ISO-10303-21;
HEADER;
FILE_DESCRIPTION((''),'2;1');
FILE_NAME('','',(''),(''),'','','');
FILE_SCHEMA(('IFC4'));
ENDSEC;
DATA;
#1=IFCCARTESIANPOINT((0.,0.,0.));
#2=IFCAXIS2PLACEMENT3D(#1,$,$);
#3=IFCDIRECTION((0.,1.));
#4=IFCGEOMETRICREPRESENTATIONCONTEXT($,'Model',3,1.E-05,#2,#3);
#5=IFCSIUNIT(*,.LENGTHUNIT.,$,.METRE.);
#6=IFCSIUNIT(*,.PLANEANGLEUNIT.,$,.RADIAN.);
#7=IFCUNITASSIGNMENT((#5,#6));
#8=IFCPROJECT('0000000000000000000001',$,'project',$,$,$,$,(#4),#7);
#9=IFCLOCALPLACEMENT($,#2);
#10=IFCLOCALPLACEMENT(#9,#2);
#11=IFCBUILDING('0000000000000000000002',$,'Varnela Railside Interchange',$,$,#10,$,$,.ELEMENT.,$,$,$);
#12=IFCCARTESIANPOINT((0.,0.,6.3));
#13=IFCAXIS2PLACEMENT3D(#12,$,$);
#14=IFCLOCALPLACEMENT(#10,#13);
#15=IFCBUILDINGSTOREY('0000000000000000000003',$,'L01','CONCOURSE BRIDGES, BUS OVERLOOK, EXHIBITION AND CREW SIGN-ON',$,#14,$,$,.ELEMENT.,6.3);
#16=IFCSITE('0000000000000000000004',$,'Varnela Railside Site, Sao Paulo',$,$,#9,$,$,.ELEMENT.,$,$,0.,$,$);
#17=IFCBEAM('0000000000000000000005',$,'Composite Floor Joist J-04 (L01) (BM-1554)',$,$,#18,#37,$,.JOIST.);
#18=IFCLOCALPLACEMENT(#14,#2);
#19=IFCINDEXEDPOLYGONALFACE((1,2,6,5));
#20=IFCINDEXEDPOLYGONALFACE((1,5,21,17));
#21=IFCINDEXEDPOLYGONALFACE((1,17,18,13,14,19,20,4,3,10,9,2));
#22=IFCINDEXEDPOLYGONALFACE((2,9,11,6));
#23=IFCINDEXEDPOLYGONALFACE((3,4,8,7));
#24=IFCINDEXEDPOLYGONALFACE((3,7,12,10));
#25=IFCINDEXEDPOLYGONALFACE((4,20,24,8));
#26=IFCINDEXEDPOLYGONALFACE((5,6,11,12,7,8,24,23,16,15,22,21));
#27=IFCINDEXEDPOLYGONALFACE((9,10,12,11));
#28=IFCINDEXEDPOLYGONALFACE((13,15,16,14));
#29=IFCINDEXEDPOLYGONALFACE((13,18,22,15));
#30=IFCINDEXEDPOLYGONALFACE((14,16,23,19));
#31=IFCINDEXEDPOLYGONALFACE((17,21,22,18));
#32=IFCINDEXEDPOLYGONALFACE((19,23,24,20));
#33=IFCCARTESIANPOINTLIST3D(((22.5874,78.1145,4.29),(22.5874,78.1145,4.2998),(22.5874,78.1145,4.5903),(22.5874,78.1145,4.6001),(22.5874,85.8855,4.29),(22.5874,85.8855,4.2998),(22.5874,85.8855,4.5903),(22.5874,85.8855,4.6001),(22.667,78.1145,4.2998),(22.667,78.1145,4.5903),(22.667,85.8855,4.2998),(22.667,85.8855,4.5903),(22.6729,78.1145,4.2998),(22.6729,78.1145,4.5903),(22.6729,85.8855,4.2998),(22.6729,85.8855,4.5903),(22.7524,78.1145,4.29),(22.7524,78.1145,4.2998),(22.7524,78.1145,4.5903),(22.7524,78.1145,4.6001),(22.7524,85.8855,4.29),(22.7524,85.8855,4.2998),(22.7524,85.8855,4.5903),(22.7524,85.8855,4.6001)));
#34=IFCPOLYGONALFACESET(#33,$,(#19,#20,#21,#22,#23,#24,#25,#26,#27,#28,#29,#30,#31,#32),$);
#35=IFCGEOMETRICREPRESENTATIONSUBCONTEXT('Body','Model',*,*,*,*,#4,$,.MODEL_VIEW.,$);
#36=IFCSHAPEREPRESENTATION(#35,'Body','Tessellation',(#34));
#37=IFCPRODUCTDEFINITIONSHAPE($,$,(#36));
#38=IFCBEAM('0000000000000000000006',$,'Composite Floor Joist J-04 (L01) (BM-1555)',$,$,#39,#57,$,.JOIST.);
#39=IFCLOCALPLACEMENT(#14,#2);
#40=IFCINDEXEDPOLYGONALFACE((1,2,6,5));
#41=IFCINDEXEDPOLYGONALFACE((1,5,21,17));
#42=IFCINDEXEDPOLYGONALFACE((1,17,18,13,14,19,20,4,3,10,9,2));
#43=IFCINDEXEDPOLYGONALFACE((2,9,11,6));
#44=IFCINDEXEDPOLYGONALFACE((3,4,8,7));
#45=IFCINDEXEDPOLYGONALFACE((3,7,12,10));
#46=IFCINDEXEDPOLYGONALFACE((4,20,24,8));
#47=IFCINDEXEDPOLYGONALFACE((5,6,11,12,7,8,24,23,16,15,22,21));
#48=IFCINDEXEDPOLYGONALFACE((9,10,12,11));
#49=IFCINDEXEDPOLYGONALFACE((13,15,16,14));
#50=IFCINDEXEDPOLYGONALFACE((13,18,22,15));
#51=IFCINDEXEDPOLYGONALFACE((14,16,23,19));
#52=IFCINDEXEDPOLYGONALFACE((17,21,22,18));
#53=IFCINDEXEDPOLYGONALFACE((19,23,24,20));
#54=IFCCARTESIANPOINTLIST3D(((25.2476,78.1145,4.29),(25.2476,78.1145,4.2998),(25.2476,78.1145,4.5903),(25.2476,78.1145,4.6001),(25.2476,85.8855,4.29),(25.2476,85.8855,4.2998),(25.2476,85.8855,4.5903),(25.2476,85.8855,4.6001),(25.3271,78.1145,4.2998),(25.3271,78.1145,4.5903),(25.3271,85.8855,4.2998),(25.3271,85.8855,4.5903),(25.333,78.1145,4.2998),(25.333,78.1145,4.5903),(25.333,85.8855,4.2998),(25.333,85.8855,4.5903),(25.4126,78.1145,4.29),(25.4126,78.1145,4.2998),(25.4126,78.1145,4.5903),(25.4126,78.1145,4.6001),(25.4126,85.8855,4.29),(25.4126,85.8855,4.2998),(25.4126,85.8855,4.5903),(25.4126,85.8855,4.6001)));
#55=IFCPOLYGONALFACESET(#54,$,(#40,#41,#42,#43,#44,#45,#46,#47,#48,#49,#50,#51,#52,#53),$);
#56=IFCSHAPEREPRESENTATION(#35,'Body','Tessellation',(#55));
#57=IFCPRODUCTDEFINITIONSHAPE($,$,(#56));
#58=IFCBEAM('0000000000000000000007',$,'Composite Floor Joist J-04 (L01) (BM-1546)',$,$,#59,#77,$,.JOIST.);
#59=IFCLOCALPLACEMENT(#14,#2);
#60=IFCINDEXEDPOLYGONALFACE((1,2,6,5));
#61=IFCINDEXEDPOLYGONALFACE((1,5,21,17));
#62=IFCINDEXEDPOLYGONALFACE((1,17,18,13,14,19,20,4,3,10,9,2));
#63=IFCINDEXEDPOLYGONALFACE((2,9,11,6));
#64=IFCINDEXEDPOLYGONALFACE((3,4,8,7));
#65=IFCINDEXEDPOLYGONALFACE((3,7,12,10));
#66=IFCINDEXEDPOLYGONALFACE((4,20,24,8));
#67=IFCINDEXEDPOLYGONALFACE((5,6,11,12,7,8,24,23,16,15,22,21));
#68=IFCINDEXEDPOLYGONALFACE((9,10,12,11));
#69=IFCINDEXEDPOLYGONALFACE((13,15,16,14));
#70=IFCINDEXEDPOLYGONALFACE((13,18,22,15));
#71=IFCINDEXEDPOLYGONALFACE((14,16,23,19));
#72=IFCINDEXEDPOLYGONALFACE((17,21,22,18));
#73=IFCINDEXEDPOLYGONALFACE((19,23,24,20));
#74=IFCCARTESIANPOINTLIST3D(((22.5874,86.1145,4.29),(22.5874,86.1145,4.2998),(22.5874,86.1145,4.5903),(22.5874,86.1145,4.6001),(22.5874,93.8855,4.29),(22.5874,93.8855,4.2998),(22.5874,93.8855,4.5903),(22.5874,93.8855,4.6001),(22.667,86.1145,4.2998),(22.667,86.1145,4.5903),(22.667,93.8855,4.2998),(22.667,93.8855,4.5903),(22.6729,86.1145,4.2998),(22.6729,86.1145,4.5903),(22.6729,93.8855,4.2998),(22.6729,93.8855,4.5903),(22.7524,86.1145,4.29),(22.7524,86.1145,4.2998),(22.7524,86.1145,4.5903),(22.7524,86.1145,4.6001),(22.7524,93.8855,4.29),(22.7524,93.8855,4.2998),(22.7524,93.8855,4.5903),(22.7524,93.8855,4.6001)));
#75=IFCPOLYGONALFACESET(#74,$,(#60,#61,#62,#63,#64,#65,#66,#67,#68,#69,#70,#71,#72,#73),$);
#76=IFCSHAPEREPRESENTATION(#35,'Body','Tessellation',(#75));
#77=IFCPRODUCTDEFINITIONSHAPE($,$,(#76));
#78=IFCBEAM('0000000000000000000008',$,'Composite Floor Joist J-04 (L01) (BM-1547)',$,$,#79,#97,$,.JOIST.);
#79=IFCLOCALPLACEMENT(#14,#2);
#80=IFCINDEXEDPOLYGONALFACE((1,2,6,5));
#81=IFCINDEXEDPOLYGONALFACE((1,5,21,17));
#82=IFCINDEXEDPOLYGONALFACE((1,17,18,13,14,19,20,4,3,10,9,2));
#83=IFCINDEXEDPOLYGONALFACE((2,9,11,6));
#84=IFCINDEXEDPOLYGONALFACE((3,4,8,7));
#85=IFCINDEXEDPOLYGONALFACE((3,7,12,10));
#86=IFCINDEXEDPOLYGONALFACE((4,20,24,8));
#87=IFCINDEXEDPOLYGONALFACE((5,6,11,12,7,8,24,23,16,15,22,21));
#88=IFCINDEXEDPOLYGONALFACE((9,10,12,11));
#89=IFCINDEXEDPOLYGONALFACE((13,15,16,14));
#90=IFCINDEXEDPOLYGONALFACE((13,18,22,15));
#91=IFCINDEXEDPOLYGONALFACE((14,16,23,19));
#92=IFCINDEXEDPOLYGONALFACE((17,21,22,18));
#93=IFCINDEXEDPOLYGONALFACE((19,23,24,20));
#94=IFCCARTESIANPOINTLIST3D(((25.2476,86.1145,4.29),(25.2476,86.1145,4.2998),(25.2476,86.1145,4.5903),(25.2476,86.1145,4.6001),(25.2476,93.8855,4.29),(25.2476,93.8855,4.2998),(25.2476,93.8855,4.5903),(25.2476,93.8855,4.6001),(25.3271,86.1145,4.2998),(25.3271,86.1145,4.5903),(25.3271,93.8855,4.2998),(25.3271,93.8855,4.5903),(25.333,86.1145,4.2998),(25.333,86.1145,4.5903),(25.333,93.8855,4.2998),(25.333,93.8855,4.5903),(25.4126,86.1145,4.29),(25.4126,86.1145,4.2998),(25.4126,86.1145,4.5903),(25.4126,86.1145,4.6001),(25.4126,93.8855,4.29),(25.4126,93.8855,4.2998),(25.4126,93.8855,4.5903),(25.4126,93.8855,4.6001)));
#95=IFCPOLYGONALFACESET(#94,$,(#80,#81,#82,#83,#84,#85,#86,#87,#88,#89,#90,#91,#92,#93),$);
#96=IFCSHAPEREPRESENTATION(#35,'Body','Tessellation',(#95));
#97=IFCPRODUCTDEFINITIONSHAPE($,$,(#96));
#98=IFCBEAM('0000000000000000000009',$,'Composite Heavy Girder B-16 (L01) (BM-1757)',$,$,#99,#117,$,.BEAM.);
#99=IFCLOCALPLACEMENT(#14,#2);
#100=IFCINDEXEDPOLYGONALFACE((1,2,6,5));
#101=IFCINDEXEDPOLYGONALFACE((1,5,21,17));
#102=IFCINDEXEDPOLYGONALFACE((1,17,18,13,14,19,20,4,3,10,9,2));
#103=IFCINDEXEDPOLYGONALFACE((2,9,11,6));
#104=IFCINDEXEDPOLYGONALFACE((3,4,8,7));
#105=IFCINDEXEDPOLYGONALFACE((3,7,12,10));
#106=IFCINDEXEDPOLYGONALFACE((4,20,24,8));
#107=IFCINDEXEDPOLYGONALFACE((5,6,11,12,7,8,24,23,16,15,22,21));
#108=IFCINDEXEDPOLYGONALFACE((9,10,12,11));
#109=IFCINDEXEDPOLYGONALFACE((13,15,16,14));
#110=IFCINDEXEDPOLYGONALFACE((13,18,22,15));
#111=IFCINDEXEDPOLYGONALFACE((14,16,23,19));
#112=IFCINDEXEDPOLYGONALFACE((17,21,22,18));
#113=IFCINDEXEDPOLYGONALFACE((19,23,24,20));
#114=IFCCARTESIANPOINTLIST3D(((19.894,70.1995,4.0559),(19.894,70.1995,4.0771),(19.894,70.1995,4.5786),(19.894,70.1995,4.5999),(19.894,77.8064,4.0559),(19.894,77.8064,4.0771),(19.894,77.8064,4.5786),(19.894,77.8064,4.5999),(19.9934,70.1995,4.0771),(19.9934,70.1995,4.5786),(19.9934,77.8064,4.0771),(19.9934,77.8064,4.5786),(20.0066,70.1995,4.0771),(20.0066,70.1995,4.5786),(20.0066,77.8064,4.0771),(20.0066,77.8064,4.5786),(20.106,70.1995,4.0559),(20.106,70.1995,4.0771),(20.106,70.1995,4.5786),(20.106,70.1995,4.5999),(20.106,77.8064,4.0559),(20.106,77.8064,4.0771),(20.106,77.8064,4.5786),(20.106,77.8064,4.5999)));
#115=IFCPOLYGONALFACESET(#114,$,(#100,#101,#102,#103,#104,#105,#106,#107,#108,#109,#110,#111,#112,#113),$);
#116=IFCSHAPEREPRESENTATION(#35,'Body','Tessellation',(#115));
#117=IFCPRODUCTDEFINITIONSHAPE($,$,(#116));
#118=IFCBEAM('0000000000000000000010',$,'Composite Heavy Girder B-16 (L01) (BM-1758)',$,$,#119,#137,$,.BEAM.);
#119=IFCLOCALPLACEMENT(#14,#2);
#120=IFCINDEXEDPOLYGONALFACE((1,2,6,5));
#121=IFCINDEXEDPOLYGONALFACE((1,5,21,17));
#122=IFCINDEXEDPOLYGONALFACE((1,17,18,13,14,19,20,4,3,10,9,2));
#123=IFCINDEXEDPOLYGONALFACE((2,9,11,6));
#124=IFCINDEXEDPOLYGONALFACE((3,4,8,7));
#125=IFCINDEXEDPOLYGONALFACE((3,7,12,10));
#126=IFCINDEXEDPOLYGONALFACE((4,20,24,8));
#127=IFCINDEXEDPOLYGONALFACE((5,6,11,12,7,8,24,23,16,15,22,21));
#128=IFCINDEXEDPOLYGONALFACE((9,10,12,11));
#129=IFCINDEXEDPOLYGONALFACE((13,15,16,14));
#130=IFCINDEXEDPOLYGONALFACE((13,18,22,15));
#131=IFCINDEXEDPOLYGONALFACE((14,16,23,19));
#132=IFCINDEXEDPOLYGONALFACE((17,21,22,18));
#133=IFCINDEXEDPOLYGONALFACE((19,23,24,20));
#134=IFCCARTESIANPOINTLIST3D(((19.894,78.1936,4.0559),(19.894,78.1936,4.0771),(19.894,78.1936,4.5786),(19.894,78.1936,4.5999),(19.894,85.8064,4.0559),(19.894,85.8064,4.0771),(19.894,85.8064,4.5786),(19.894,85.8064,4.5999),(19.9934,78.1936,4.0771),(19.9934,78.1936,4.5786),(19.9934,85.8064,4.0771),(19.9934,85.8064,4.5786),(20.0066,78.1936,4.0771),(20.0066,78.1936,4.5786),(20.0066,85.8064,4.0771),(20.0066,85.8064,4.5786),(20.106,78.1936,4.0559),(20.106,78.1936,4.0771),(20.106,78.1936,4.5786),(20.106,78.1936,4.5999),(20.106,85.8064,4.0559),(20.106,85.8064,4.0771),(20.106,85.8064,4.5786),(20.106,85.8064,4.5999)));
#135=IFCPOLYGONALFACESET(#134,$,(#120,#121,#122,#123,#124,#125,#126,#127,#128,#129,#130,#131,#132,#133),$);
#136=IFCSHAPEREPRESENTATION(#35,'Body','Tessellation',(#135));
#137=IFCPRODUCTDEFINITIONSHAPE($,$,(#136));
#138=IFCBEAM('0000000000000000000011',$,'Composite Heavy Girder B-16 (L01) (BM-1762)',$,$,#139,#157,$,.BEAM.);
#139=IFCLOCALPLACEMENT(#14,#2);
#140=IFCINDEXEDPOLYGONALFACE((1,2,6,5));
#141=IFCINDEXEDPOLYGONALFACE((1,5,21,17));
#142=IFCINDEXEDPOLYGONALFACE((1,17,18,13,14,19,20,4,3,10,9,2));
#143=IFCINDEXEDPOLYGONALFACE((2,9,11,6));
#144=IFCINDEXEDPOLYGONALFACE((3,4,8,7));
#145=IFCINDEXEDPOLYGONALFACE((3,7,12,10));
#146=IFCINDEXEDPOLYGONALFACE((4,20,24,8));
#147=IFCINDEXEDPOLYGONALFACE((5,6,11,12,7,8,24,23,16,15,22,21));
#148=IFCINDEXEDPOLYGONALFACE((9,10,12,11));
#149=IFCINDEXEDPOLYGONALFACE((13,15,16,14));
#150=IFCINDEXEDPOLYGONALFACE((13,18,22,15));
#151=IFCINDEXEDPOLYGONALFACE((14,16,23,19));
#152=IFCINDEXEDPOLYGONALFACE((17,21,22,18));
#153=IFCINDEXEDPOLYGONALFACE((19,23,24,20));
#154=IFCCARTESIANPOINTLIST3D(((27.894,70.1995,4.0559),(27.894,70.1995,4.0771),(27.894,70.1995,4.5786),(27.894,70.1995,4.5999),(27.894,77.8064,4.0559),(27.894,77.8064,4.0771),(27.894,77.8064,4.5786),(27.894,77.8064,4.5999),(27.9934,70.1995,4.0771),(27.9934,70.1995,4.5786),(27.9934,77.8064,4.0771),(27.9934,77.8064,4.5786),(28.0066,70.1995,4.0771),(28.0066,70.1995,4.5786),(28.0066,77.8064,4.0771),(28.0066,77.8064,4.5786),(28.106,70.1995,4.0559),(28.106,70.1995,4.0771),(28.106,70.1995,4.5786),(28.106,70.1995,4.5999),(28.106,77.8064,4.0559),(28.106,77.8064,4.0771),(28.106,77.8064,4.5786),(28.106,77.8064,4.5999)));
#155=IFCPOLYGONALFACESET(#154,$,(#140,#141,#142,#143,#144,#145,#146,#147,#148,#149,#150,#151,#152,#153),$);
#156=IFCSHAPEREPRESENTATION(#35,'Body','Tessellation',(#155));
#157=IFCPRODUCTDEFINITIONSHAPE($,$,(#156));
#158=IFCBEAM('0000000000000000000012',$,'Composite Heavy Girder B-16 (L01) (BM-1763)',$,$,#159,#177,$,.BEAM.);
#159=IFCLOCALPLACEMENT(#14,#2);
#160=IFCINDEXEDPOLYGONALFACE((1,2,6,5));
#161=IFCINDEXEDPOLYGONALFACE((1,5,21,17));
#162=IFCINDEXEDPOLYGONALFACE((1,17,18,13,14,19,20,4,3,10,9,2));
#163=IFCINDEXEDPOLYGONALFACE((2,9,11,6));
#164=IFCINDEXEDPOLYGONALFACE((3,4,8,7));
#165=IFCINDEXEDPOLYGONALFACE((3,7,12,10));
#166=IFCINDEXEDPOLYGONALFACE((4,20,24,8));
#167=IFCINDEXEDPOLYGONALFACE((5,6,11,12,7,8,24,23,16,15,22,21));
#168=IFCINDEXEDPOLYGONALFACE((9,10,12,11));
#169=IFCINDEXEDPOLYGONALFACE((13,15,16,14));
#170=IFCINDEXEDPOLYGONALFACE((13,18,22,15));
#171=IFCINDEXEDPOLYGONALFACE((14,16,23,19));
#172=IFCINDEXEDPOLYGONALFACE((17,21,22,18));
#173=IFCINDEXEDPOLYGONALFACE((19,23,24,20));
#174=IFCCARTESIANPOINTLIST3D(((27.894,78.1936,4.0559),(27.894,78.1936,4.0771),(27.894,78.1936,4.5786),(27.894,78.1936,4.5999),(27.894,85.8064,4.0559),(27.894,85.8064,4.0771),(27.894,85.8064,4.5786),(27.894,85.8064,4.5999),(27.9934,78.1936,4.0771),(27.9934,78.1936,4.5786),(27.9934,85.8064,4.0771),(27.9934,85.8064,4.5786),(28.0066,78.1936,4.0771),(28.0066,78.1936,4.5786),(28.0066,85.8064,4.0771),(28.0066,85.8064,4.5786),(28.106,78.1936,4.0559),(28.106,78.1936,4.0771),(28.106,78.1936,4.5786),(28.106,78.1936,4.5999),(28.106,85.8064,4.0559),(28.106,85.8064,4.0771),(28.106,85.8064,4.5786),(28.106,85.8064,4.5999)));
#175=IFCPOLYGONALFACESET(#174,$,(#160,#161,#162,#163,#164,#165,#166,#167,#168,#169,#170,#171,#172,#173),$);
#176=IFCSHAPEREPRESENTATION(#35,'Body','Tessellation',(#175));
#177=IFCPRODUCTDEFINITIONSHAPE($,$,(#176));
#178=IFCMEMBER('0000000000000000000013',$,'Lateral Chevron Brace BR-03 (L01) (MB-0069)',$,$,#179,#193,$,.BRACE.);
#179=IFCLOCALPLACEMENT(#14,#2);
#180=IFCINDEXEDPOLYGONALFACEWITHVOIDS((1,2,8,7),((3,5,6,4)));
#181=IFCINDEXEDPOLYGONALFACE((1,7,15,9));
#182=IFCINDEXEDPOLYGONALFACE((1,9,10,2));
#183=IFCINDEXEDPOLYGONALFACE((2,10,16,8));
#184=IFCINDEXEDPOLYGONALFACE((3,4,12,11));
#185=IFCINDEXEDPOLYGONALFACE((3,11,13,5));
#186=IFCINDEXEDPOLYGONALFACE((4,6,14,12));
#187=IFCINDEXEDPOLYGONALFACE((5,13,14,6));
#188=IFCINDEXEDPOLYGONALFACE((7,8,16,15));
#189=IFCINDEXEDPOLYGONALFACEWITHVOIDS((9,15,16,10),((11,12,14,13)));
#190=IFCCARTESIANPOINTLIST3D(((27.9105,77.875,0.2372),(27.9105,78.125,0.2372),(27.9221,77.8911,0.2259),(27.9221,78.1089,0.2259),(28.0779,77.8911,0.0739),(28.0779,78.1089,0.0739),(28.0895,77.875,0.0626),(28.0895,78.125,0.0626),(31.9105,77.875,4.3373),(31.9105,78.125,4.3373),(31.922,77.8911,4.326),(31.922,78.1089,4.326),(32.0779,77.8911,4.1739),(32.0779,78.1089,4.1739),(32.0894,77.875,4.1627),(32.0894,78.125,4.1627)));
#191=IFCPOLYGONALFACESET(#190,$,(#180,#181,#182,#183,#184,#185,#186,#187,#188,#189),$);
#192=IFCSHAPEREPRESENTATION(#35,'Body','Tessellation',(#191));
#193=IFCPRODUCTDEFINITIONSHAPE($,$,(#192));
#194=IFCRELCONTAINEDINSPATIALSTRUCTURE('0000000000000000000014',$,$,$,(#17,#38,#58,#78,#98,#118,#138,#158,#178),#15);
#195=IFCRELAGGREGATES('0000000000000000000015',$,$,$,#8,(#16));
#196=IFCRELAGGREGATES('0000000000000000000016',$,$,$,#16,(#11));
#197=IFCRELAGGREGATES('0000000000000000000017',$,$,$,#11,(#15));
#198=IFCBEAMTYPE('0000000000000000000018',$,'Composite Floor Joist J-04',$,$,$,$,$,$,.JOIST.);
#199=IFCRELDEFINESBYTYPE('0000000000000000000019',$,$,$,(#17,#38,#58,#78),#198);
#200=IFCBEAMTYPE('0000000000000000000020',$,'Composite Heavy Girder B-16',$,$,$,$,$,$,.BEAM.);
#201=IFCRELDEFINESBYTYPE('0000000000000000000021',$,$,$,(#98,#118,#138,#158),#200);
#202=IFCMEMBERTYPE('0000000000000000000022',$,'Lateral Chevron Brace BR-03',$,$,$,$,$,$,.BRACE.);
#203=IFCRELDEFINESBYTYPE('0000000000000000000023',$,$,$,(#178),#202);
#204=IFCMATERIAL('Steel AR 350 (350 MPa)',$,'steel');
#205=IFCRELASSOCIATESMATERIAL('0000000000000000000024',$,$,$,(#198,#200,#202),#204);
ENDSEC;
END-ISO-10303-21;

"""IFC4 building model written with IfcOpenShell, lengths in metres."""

from ifc_helpers import new_model, si_unit, direction, frame, origin, origin_2d, place, context, subcontext, project, spatial, hollow_rectangle, i_section, extrude, material, material_profile, profile_set, type_object, element, save


model = new_model("IFC4")

# Units and contexts
model_context = context("Model", 3, precision=1e-05, world=origin(), true_north=direction((0.0, 1.0)))
body_context = subcontext(model_context, "Body", "Model", "MODEL_VIEW")
ifc_project = project(units=[si_unit("LENGTHUNIT", "METRE"), si_unit("PLANEANGLEUNIT", "RADIAN")], contexts=[model_context])

# Site, building, storey
site_placement = place(None, origin())
site = spatial("IfcSite", under=ifc_project, at=site_placement, Name="Varnela Railside Site, Sao Paulo", CompositionType="ELEMENT", RefElevation=0.0)
building_placement = place(site_placement, origin())
building = spatial("IfcBuilding", under=site, at=building_placement, Name="Varnela Railside Interchange", CompositionType="ELEMENT")
storey_placement = place(building_placement, frame((0.0, 0.0, 6.3)))
storey = spatial("IfcBuildingStorey", under=building, at=storey_placement, Name="L01", Description="CONCOURSE BRIDGES, BUS OVERLOOK, EXHIBITION AND CREW SIGN-ON", CompositionType="ELEMENT", Elevation=6.3)

# Shared definitions
ifc_material_1 = material(Name="Steel AR 350 (350 MPa)", Category="steel")

# Beams
ifc_material_profile_1 = material_profile(ifc_material_1, i_section(OverallWidth=0.165, OverallDepth=0.3101, WebThickness=0.0059, FlangeThickness=0.0098, at=origin_2d()), Name="W310x38.7")
ifc_profile_set_1 = profile_set([ifc_material_profile_1], Name="Steel AR 350 (350 MPa)")
beam_type_1 = type_object("IfcBeamType", Name="Composite Floor Joist J-04", PredefinedType="JOIST", material=ifc_profile_set_1)
for number, where, z_axis, x_axis, name in (
    (1, (22.6699, 78.1145, 4.4451), (0.0, 1.0, 0.0), (-1.0, 0.0, 0.0), "Composite Floor Joist J-04 (L01) (BM-1554)"),
    (2, (25.3301, 78.1145, 4.4451), (0.0, 1.0, 0.0), (-1.0, 0.0, 0.0), "Composite Floor Joist J-04 (L01) (BM-1555)"),
    (3, (22.6699, 86.1145, 4.4451), (0.0, 1.0, 0.0), (-1.0, 0.0, 0.0), "Composite Floor Joist J-04 (L01) (BM-1546)"),
    (4, (25.3301, 86.1145, 4.4451), (0.0, 1.0, 0.0), (-1.0, 0.0, 0.0), "Composite Floor Joist J-04 (L01) (BM-1547)"),
):
    element("IfcBeam", number, at=place(storey_placement, frame(where, z_axis=z_axis, x_axis=x_axis)), inside=storey, type_object=beam_type_1, Name=name, PredefinedType="JOIST", context=body_context, shape_type="SweptSolid", body=[
        extrude(i_section(OverallWidth=0.165, OverallDepth=0.3101, WebThickness=0.0059, FlangeThickness=0.0098, at=origin_2d()), origin(), (0.0, 0.0, 1.0), 7.771),
    ])
ifc_material_profile_2 = material_profile(ifc_material_1, i_section(OverallWidth=0.2119, OverallDepth=0.5439, WebThickness=0.0132, FlangeThickness=0.0212, at=origin_2d()), Name="W530x123")
ifc_profile_set_2 = profile_set([ifc_material_profile_2], Name="Steel AR 350 (350 MPa)")
beam_type_2 = type_object("IfcBeamType", Name="Composite Heavy Girder B-16", PredefinedType="BEAM", material=ifc_profile_set_2)
beam_1_placement = place(storey_placement, frame((20.0, 70.1995, 4.3279), z_axis=(0.0, 1.0, 0.0), x_axis=(-1.0, 0.0, 0.0)))
element("IfcBeam", 5, at=beam_1_placement, inside=storey, type_object=beam_type_2, Name="Composite Heavy Girder B-16 (L01) (BM-1757)", PredefinedType="BEAM", context=body_context, shape_type="SweptSolid", body=[
    extrude(i_section(OverallWidth=0.2119, OverallDepth=0.5439, WebThickness=0.0132, FlangeThickness=0.0212, at=origin_2d()), origin(), (0.0, 0.0, 1.0), 7.6069),
])
beam_2_placement = place(storey_placement, frame((20.0, 78.1936, 4.3279), z_axis=(0.0, 1.0, 0.0), x_axis=(-1.0, 0.0, 0.0)))
element("IfcBeam", 6, at=beam_2_placement, inside=storey, type_object=beam_type_2, Name="Composite Heavy Girder B-16 (L01) (BM-1758)", PredefinedType="BEAM", context=body_context, shape_type="SweptSolid", body=[
    extrude(i_section(OverallWidth=0.2119, OverallDepth=0.5439, WebThickness=0.0132, FlangeThickness=0.0212, at=origin_2d()), origin(), (0.0, 0.0, 1.0), 7.6128),
])
beam_3_placement = place(storey_placement, frame((28.0, 70.1995, 4.3279), z_axis=(0.0, 1.0, 0.0), x_axis=(-1.0, 0.0, 0.0)))
element("IfcBeam", 7, at=beam_3_placement, inside=storey, type_object=beam_type_2, Name="Composite Heavy Girder B-16 (L01) (BM-1762)", PredefinedType="BEAM", context=body_context, shape_type="SweptSolid", body=[
    extrude(i_section(OverallWidth=0.2119, OverallDepth=0.5439, WebThickness=0.0132, FlangeThickness=0.0212, at=origin_2d()), origin(), (0.0, 0.0, 1.0), 7.6069),
])
beam_4_placement = place(storey_placement, frame((28.0, 78.1936, 4.3279), z_axis=(0.0, 1.0, 0.0), x_axis=(-1.0, 0.0, 0.0)))
element("IfcBeam", 8, at=beam_4_placement, inside=storey, type_object=beam_type_2, Name="Composite Heavy Girder B-16 (L01) (BM-1763)", PredefinedType="BEAM", context=body_context, shape_type="SweptSolid", body=[
    extrude(i_section(OverallWidth=0.2119, OverallDepth=0.5439, WebThickness=0.0132, FlangeThickness=0.0212, at=origin_2d()), origin(), (0.0, 0.0, 1.0), 7.6128),
])

# Member
ifc_material_profile_3 = material_profile(ifc_material_1, hollow_rectangle(XDim=0.25, YDim=0.25, WallThickness=0.0161, at=origin_2d()), Name="HSS 250x250x16")
ifc_profile_set_3 = profile_set([ifc_material_profile_3], Name="Steel AR 350 (350 MPa)")
member_type_1 = type_object("IfcMemberType", Name="Lateral Chevron Brace BR-03", PredefinedType="BRACE", material=ifc_profile_set_3)
member_1_placement = place(storey_placement, frame((28.0, 78.0, 0.1499), z_axis=(0.698315, 0.0, 0.71579), x_axis=(0.0, 1.0, 0.0)))
element("IfcMember", 9, at=member_1_placement, inside=storey, type_object=member_type_1, Name="Lateral Chevron Brace BR-03 (L01) (MB-0069)", PredefinedType="BRACE", context=body_context, shape_type="SweptSolid", body=[
    extrude(hollow_rectangle(XDim=0.25, YDim=0.25, WallThickness=0.0161, at=origin_2d()), origin(), (0.0, 0.0, 1.0), 5.728),
])

save(model, "model.ifc")
